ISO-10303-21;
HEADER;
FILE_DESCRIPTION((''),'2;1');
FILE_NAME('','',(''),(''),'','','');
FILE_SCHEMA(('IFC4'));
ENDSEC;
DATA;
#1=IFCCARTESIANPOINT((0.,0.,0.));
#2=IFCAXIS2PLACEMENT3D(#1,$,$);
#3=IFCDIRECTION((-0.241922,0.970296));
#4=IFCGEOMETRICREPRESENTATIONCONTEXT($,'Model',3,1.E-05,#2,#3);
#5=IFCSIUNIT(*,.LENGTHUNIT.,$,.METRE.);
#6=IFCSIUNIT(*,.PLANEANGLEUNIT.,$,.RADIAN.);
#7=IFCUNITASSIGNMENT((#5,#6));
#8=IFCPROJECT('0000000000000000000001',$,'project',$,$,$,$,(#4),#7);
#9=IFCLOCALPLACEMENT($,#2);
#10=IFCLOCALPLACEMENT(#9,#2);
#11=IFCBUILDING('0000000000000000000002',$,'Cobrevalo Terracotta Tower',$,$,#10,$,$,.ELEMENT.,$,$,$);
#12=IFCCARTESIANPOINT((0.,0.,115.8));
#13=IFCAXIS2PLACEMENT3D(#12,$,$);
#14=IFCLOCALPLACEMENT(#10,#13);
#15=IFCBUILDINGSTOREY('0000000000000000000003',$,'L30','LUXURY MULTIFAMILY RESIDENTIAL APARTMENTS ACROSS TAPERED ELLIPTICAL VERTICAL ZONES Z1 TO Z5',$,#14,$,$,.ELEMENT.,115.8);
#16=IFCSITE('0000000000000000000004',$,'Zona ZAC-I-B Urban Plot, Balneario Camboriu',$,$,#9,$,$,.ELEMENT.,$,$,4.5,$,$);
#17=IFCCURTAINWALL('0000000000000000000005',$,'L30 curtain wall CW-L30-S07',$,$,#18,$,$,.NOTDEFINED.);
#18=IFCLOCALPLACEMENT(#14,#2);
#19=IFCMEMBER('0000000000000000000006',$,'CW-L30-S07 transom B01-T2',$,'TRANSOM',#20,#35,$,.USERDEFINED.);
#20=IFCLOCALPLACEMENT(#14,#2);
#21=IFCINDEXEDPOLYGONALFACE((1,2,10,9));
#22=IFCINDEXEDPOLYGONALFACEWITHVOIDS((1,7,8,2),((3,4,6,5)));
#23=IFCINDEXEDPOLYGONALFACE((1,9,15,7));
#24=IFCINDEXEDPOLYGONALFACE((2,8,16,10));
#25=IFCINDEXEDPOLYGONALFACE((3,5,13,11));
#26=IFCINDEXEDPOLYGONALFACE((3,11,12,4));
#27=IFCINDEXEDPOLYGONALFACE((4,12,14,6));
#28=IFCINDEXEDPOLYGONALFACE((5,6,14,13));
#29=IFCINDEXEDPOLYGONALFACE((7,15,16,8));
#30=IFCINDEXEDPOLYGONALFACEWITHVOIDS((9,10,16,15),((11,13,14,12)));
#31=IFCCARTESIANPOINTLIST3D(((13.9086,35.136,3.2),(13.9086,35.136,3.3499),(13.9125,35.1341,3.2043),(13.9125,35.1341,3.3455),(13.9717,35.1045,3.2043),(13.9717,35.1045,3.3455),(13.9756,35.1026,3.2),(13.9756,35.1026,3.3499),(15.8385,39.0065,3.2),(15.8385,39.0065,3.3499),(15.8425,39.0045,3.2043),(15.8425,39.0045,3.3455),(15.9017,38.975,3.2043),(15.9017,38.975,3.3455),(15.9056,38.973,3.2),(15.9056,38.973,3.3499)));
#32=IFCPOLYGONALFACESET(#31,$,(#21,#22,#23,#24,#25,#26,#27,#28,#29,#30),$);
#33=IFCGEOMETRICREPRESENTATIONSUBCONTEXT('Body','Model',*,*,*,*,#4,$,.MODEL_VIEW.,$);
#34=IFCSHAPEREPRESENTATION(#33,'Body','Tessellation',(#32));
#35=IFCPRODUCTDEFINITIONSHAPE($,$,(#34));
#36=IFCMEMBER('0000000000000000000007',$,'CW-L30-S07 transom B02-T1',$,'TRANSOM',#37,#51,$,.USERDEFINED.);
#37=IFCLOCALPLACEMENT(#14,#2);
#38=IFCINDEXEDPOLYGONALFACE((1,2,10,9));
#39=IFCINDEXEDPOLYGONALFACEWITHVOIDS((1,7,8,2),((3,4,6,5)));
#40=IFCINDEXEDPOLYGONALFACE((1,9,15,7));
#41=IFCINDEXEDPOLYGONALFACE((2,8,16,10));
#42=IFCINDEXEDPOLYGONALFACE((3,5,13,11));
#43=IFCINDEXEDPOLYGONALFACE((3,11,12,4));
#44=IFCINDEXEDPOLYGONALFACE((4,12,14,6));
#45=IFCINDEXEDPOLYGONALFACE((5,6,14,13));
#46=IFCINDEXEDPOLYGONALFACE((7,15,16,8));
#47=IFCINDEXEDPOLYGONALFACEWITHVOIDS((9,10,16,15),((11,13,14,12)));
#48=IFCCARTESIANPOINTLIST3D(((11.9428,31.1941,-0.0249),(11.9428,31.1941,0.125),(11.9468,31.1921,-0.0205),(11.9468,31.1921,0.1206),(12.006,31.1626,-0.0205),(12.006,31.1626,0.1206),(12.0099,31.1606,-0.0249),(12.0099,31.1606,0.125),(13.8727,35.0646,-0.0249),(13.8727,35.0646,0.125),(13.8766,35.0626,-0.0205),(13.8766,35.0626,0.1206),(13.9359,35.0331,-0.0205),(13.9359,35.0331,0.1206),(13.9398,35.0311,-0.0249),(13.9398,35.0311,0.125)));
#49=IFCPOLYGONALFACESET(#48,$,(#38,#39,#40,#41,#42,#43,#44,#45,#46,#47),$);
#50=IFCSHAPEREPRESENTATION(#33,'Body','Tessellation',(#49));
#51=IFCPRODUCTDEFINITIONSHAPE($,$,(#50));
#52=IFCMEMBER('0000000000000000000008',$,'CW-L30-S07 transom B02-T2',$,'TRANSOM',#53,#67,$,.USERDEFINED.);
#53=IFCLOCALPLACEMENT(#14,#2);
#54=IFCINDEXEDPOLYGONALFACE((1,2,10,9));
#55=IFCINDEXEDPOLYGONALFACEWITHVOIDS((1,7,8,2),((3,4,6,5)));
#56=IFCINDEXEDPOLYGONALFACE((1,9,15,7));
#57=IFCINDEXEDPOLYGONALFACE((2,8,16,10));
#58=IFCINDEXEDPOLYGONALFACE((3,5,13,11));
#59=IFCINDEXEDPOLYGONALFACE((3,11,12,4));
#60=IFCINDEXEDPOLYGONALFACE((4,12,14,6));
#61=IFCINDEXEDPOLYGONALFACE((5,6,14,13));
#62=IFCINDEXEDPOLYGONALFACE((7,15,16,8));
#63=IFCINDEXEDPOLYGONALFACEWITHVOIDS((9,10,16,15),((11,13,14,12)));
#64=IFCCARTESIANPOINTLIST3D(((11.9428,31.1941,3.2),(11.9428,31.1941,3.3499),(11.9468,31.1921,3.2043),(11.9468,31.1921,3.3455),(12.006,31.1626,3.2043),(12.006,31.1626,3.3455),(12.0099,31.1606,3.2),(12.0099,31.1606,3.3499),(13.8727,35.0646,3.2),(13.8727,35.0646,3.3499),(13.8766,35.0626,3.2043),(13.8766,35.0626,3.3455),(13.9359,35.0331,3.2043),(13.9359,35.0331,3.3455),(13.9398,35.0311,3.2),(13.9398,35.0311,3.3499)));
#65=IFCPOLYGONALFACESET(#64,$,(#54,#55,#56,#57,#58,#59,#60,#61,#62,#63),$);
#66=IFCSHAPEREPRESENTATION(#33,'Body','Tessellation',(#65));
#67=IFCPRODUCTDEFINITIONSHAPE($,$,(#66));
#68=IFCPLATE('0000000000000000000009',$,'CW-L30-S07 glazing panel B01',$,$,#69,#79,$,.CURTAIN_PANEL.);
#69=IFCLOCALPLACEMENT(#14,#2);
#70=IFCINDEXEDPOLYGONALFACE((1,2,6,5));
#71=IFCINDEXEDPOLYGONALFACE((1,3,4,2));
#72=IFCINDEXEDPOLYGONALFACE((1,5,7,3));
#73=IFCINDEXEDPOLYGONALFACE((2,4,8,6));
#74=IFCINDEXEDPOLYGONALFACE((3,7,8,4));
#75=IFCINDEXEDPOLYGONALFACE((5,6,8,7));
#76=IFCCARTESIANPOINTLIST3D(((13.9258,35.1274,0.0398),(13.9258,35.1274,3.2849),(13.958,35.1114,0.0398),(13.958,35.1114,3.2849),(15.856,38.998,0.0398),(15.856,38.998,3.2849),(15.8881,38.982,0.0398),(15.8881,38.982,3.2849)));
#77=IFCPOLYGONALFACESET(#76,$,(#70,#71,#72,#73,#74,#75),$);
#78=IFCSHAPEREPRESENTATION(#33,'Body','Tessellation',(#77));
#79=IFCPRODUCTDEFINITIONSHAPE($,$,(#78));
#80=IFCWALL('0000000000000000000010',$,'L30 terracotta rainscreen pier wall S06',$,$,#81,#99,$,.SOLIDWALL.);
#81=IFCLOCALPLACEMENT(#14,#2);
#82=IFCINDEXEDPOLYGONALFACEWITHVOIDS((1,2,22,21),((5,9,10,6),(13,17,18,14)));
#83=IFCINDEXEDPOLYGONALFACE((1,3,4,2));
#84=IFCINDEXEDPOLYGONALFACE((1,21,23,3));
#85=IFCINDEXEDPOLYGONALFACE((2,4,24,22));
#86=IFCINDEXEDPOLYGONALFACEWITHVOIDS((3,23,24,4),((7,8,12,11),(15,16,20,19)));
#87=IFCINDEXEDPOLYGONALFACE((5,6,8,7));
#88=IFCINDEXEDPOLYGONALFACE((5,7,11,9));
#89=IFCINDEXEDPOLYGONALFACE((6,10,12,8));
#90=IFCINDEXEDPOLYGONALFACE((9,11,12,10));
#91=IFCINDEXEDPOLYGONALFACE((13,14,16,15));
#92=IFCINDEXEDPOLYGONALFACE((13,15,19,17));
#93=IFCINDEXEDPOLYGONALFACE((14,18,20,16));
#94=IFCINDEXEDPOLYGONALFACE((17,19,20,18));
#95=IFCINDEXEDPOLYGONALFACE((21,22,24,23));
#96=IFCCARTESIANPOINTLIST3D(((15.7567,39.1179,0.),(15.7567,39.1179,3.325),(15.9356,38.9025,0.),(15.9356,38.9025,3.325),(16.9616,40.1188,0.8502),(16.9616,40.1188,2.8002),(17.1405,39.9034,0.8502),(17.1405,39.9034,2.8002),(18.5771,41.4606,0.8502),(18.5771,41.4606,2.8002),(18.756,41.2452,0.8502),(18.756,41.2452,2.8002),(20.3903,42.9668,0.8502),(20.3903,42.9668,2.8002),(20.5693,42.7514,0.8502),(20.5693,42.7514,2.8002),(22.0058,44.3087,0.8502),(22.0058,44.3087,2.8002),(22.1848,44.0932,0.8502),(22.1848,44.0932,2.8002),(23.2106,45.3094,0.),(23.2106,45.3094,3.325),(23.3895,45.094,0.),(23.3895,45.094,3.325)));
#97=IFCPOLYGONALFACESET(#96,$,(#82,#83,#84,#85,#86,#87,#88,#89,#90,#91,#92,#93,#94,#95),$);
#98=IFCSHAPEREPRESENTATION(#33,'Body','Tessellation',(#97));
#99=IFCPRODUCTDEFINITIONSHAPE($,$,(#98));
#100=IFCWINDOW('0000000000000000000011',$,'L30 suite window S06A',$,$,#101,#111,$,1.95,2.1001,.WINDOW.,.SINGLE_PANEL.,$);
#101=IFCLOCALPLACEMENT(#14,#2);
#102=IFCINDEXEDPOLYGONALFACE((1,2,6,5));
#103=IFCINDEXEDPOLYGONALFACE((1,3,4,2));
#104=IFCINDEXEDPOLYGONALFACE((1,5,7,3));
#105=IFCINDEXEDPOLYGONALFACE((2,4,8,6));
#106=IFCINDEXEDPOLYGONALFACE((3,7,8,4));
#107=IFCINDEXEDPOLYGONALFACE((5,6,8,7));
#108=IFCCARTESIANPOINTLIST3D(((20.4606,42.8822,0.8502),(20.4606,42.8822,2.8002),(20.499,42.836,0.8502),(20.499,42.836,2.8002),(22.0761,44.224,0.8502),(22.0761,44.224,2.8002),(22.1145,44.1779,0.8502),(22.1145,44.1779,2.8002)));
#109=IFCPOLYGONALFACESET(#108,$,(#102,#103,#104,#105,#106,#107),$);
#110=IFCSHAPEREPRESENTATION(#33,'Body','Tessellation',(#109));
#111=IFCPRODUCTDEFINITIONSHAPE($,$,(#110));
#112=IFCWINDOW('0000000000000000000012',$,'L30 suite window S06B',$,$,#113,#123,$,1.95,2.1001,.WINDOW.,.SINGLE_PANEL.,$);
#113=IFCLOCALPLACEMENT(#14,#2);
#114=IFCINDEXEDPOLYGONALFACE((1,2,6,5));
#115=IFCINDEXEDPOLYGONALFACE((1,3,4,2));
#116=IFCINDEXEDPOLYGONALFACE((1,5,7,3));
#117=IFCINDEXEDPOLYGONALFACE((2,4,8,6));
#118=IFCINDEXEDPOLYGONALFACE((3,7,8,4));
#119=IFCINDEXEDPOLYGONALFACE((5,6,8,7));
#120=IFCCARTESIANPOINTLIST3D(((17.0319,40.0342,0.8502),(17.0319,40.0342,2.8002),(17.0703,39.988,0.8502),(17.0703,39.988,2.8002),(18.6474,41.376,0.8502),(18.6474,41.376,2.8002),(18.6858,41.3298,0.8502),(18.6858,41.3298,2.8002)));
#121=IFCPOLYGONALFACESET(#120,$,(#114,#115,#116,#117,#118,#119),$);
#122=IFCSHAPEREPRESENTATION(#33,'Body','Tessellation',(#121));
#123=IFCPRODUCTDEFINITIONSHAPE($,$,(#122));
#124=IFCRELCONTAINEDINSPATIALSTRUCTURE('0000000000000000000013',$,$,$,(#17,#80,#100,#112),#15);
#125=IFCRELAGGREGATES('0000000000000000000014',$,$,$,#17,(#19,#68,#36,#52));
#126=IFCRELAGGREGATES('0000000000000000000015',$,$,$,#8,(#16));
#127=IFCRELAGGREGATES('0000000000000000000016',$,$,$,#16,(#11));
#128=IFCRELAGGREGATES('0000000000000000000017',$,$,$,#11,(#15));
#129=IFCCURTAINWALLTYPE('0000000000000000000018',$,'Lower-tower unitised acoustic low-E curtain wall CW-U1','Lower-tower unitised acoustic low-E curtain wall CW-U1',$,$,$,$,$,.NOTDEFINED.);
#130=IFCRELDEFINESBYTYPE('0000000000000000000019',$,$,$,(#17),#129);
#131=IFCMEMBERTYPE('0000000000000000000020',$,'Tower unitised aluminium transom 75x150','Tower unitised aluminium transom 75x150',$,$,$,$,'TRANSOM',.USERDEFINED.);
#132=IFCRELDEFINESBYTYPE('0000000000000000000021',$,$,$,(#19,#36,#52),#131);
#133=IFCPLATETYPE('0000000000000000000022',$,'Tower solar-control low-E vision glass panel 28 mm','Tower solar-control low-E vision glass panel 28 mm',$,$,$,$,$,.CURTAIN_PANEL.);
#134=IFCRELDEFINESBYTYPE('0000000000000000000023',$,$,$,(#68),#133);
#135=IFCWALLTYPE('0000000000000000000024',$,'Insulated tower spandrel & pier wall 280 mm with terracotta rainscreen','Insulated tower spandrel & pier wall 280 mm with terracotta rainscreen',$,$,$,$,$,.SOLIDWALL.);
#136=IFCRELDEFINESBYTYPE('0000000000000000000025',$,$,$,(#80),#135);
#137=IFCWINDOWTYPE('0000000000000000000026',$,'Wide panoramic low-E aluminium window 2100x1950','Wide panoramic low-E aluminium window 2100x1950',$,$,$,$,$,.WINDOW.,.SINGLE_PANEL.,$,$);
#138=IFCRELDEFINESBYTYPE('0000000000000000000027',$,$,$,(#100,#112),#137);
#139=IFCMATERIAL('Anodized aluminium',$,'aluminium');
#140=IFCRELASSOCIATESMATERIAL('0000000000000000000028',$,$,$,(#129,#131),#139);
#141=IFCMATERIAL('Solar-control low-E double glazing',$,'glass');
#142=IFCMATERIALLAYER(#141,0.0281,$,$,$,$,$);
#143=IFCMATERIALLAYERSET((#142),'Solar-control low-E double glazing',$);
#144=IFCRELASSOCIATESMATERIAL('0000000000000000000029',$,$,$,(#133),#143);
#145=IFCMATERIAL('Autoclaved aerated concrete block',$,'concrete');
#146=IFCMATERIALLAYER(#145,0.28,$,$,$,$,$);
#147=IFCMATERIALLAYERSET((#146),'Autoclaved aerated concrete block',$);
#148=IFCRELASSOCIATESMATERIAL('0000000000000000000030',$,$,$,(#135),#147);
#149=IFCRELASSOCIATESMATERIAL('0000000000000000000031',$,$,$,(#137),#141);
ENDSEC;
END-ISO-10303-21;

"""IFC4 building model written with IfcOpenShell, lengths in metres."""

from ifc_helpers import new_model, si_unit, direction, frame, frame_2d, origin, origin_2d, place, context, subcontext, project, spatial, rectangle, hollow_rectangle, extrude, source, transform, mapped, material, layer, layer_set, material_profile, profile_set, type_object, element, fill, aggregate, save


model = new_model("IFC4")

# Units and contexts
model_context = context("Model", 3, precision=1e-05, world=origin(), true_north=direction((-0.241922, 0.970296)))
body_context = subcontext(model_context, "Body", "Model", "MODEL_VIEW")
ifc_project = project(units=[si_unit("LENGTHUNIT", "METRE"), si_unit("PLANEANGLEUNIT", "RADIAN")], contexts=[model_context])

# Site, building, storey
site_placement = place(None, origin())
site = spatial("IfcSite", under=ifc_project, at=site_placement, Name="Zona ZAC-I-B Urban Plot, Balneario Camboriu", CompositionType="ELEMENT", RefElevation=4.5)
building_placement = place(site_placement, origin())
building = spatial("IfcBuilding", under=site, at=building_placement, Name="Cobrevalo Terracotta Tower", CompositionType="ELEMENT")
storey_placement = place(building_placement, frame((0.0, 0.0, 115.8)))
storey = spatial("IfcBuildingStorey", under=building, at=storey_placement, Name="L30", Description="LUXURY MULTIFAMILY RESIDENTIAL APARTMENTS ACROSS TAPERED ELLIPTICAL VERTICAL ZONES Z1 TO Z5", CompositionType="ELEMENT", Elevation=115.8)

# Shared definitions
ifc_material_1 = material(Name="Anodized aluminium", Category="aluminium")
curtain_wall_type = type_object("IfcCurtainWallType", Name="Lower-tower unitised acoustic low-E curtain wall CW-U1", Description="Lower-tower unitised acoustic low-E curtain wall CW-U1", PredefinedType="NOTDEFINED", material=ifc_material_1)

# Curtain wall, members, plate
curtain_wall_1_placement = place(storey_placement, origin())
curtain_wall_1 = element("IfcCurtainWall", 1, at=curtain_wall_1_placement, inside=storey, type_object=curtain_wall_type, Name="L30 curtain wall CW-L30-S07", PredefinedType="NOTDEFINED")
ifc_material_profile_1 = material_profile(ifc_material_1, hollow_rectangle(XDim=0.075, YDim=0.1499, WallThickness=0.0044, at=origin_2d()), Name="CWT 75x150")
ifc_profile_set_1 = profile_set([ifc_material_profile_1], Name="Anodized aluminium")
member_type_1 = type_object("IfcMemberType", Name="Tower unitised aluminium transom 75x150", Description="Tower unitised aluminium transom 75x150", ElementType="TRANSOM", PredefinedType="USERDEFINED", material=ifc_profile_set_1)
shared_shape_1 = source(origin(), body_context, "Body", "SweptSolid", [
    extrude(hollow_rectangle(XDim=0.075, YDim=0.1499, WallThickness=0.0044, at=origin_2d()), origin(), (0.0, 0.0, 1.0), 4.325),
])
member_1_placement = place(storey_placement, frame((15.8721, 38.9897, 3.2749), z_axis=(-0.446242, -0.894912, 0.0), x_axis=(0.894912, -0.446242, 0.0)))
member_1 = element("IfcMember", 2, at=member_1_placement, type_object=member_type_1, Name="CW-L30-S07 transom B01-T2", ObjectType="TRANSOM", PredefinedType="USERDEFINED", context=body_context, shape_type="MappedRepresentation", body=[
    mapped(shared_shape_1, transform((0.0, 0.0, 0.0), scale=1.0)),
])
member_2_placement = place(storey_placement, frame((13.9062, 35.0479, 0.05), z_axis=(-0.44622, -0.894923, 0.0), x_axis=(0.894923, -0.44622, 0.0)))
member_2 = element("IfcMember", 3, at=member_2_placement, type_object=member_type_1, Name="CW-L30-S07 transom B02-T1", ObjectType="TRANSOM", PredefinedType="USERDEFINED", context=body_context, shape_type="MappedRepresentation", body=[
    mapped(shared_shape_1, transform((0.0, 0.0, 0.0), scale=1.0)),
])
member_3_placement = place(storey_placement, frame((13.9062, 35.0479, 3.2749), z_axis=(-0.44622, -0.894923, 0.0), x_axis=(0.894923, -0.44622, 0.0)))
member_3 = element("IfcMember", 4, at=member_3_placement, type_object=member_type_1, Name="CW-L30-S07 transom B02-T2", ObjectType="TRANSOM", PredefinedType="USERDEFINED", context=body_context, shape_type="MappedRepresentation", body=[
    mapped(shared_shape_1, transform((0.0, 0.0, 0.0), scale=1.0)),
])
ifc_material_2 = material(Name="Solar-control low-E double glazing", Category="glass")
ifc_layer_1 = layer(ifc_material_2, 0.0281)
ifc_layer_set_1 = layer_set([ifc_layer_1], Name="Solar-control low-E double glazing")
plate_type = type_object("IfcPlateType", Name="Tower solar-control low-E vision glass panel 28 mm", Description="Tower solar-control low-E vision glass panel 28 mm", PredefinedType="CURTAIN_PANEL", material=ifc_layer_set_1)
shared_shape_2 = source(origin(), body_context, "Body", "SweptSolid", [
    extrude(rectangle(XDim=4.3252, YDim=0.0359, at=origin_2d()), origin(), (0.0, 0.0, 1.0), 3.2451),
])
plate_placement = place(storey_placement, frame((14.907, 37.0547, 0.0398), z_axis=(0.0, 0.0, 1.0), x_axis=(-0.446262, -0.894902, 0.0)))
plate = element("IfcPlate", 5, at=plate_placement, type_object=plate_type, Name="CW-L30-S07 glazing panel B01", PredefinedType="CURTAIN_PANEL", context=body_context, shape_type="MappedRepresentation", body=[
    mapped(shared_shape_2, transform((0.0, 0.0, 0.0), scale=1.0)),
])
aggregate(curtain_wall_1, [member_1, plate, member_2, member_3])

# Wall, openings, windows
ifc_material_3 = material(Name="Autoclaved aerated concrete block", Category="concrete")
ifc_layer_2 = layer(ifc_material_3, 0.28)
ifc_layer_set_2 = layer_set([ifc_layer_2], Name="Autoclaved aerated concrete block")
wall_type_1 = type_object("IfcWallType", Name="Insulated tower spandrel & pier wall 280 mm with terracotta rainscreen", Description="Insulated tower spandrel & pier wall 280 mm with terracotta rainscreen", PredefinedType="SOLIDWALL", material=ifc_layer_set_2)
wall_1_placement = place(storey_placement, frame((23.3, 45.2017, 0.0), z_axis=(0.0, 0.0, 1.0), x_axis=(-0.769243, -0.638957, 0.0)))
wall_1 = element("IfcWall", 6, at=wall_1_placement, inside=storey, type_object=wall_type_1, Name="L30 terracotta rainscreen pier wall S06", PredefinedType="SOLIDWALL", context=body_context, shape_type="SweptSolid", body=[
    extrude(rectangle(XDim=9.6899, YDim=0.28, at=frame_2d((4.845, 0.0))), origin(), (0.0, 0.0, 1.0), 3.325),
])
opening_1_placement = place(wall_1_placement, frame((1.5662, 0.0, 0.8501)))
opening_1 = element("IfcOpeningElement", 7, at=opening_1_placement, cuts=wall_1, PredefinedType="OPENING", context=body_context, shape_type="SweptSolid", body=[
    extrude(rectangle(XDim=2.1001, YDim=1.95, at=frame_2d((1.05, 0.9751))), frame((0.0, 0.1499, 0.0), z_axis=(0.0, -1.0, 0.0), x_axis=(1.0, 0.0, 0.0)), (0.0, 0.0, 1.0), 0.3),
])
opening_2_placement = place(wall_1_placement, frame((6.0234, 0.0, 0.8501)))
opening_2 = element("IfcOpeningElement", 8, at=opening_2_placement, cuts=wall_1, PredefinedType="OPENING", context=body_context, shape_type="SweptSolid", body=[
    extrude(rectangle(XDim=2.1001, YDim=1.95, at=frame_2d((1.05, 0.9751))), frame((0.0, 0.1499, 0.0), z_axis=(0.0, -1.0, 0.0), x_axis=(1.0, 0.0, 0.0)), (0.0, 0.0, 1.0), 0.3),
])
window_type = type_object("IfcWindowType", Name="Wide panoramic low-E aluminium window 2100x1950", Description="Wide panoramic low-E aluminium window 2100x1950", PartitioningType="SINGLE_PANEL", PredefinedType="WINDOW", material=ifc_material_2)
shared_shape_3 = source(origin(), body_context, "Body", "SweptSolid", [
    extrude(rectangle(XDim=2.1001, YDim=1.95, at=frame_2d((1.05, 0.9751))), frame((0.0, 0.03, 0.0), z_axis=(0.0, -1.0, 0.0), x_axis=(1.0, 0.0, 0.0)), (0.0, 0.0, 1.0), 0.0601),
])
window_1_placement = place(opening_1_placement, origin())
window_1 = element("IfcWindow", 9, at=window_1_placement, inside=storey, type_object=window_type, Name="L30 suite window S06A", OverallHeight=1.95, OverallWidth=2.1001, PartitioningType="SINGLE_PANEL", PredefinedType="WINDOW", context=body_context, shape_type="MappedRepresentation", body=[
    mapped(shared_shape_3, transform((0.0, 0.0, 0.0), scale=1.0)),
])
fill(opening_1, window_1)
window_2_placement = place(opening_2_placement, origin())
window_2 = element("IfcWindow", 10, at=window_2_placement, inside=storey, type_object=window_type, Name="L30 suite window S06B", OverallHeight=1.95, OverallWidth=2.1001, PartitioningType="SINGLE_PANEL", PredefinedType="WINDOW", context=body_context, shape_type="MappedRepresentation", body=[
    mapped(shared_shape_3, transform((0.0, 0.0, 0.0), scale=1.0)),
])
fill(opening_2, window_2)

save(model, "model.ifc")
